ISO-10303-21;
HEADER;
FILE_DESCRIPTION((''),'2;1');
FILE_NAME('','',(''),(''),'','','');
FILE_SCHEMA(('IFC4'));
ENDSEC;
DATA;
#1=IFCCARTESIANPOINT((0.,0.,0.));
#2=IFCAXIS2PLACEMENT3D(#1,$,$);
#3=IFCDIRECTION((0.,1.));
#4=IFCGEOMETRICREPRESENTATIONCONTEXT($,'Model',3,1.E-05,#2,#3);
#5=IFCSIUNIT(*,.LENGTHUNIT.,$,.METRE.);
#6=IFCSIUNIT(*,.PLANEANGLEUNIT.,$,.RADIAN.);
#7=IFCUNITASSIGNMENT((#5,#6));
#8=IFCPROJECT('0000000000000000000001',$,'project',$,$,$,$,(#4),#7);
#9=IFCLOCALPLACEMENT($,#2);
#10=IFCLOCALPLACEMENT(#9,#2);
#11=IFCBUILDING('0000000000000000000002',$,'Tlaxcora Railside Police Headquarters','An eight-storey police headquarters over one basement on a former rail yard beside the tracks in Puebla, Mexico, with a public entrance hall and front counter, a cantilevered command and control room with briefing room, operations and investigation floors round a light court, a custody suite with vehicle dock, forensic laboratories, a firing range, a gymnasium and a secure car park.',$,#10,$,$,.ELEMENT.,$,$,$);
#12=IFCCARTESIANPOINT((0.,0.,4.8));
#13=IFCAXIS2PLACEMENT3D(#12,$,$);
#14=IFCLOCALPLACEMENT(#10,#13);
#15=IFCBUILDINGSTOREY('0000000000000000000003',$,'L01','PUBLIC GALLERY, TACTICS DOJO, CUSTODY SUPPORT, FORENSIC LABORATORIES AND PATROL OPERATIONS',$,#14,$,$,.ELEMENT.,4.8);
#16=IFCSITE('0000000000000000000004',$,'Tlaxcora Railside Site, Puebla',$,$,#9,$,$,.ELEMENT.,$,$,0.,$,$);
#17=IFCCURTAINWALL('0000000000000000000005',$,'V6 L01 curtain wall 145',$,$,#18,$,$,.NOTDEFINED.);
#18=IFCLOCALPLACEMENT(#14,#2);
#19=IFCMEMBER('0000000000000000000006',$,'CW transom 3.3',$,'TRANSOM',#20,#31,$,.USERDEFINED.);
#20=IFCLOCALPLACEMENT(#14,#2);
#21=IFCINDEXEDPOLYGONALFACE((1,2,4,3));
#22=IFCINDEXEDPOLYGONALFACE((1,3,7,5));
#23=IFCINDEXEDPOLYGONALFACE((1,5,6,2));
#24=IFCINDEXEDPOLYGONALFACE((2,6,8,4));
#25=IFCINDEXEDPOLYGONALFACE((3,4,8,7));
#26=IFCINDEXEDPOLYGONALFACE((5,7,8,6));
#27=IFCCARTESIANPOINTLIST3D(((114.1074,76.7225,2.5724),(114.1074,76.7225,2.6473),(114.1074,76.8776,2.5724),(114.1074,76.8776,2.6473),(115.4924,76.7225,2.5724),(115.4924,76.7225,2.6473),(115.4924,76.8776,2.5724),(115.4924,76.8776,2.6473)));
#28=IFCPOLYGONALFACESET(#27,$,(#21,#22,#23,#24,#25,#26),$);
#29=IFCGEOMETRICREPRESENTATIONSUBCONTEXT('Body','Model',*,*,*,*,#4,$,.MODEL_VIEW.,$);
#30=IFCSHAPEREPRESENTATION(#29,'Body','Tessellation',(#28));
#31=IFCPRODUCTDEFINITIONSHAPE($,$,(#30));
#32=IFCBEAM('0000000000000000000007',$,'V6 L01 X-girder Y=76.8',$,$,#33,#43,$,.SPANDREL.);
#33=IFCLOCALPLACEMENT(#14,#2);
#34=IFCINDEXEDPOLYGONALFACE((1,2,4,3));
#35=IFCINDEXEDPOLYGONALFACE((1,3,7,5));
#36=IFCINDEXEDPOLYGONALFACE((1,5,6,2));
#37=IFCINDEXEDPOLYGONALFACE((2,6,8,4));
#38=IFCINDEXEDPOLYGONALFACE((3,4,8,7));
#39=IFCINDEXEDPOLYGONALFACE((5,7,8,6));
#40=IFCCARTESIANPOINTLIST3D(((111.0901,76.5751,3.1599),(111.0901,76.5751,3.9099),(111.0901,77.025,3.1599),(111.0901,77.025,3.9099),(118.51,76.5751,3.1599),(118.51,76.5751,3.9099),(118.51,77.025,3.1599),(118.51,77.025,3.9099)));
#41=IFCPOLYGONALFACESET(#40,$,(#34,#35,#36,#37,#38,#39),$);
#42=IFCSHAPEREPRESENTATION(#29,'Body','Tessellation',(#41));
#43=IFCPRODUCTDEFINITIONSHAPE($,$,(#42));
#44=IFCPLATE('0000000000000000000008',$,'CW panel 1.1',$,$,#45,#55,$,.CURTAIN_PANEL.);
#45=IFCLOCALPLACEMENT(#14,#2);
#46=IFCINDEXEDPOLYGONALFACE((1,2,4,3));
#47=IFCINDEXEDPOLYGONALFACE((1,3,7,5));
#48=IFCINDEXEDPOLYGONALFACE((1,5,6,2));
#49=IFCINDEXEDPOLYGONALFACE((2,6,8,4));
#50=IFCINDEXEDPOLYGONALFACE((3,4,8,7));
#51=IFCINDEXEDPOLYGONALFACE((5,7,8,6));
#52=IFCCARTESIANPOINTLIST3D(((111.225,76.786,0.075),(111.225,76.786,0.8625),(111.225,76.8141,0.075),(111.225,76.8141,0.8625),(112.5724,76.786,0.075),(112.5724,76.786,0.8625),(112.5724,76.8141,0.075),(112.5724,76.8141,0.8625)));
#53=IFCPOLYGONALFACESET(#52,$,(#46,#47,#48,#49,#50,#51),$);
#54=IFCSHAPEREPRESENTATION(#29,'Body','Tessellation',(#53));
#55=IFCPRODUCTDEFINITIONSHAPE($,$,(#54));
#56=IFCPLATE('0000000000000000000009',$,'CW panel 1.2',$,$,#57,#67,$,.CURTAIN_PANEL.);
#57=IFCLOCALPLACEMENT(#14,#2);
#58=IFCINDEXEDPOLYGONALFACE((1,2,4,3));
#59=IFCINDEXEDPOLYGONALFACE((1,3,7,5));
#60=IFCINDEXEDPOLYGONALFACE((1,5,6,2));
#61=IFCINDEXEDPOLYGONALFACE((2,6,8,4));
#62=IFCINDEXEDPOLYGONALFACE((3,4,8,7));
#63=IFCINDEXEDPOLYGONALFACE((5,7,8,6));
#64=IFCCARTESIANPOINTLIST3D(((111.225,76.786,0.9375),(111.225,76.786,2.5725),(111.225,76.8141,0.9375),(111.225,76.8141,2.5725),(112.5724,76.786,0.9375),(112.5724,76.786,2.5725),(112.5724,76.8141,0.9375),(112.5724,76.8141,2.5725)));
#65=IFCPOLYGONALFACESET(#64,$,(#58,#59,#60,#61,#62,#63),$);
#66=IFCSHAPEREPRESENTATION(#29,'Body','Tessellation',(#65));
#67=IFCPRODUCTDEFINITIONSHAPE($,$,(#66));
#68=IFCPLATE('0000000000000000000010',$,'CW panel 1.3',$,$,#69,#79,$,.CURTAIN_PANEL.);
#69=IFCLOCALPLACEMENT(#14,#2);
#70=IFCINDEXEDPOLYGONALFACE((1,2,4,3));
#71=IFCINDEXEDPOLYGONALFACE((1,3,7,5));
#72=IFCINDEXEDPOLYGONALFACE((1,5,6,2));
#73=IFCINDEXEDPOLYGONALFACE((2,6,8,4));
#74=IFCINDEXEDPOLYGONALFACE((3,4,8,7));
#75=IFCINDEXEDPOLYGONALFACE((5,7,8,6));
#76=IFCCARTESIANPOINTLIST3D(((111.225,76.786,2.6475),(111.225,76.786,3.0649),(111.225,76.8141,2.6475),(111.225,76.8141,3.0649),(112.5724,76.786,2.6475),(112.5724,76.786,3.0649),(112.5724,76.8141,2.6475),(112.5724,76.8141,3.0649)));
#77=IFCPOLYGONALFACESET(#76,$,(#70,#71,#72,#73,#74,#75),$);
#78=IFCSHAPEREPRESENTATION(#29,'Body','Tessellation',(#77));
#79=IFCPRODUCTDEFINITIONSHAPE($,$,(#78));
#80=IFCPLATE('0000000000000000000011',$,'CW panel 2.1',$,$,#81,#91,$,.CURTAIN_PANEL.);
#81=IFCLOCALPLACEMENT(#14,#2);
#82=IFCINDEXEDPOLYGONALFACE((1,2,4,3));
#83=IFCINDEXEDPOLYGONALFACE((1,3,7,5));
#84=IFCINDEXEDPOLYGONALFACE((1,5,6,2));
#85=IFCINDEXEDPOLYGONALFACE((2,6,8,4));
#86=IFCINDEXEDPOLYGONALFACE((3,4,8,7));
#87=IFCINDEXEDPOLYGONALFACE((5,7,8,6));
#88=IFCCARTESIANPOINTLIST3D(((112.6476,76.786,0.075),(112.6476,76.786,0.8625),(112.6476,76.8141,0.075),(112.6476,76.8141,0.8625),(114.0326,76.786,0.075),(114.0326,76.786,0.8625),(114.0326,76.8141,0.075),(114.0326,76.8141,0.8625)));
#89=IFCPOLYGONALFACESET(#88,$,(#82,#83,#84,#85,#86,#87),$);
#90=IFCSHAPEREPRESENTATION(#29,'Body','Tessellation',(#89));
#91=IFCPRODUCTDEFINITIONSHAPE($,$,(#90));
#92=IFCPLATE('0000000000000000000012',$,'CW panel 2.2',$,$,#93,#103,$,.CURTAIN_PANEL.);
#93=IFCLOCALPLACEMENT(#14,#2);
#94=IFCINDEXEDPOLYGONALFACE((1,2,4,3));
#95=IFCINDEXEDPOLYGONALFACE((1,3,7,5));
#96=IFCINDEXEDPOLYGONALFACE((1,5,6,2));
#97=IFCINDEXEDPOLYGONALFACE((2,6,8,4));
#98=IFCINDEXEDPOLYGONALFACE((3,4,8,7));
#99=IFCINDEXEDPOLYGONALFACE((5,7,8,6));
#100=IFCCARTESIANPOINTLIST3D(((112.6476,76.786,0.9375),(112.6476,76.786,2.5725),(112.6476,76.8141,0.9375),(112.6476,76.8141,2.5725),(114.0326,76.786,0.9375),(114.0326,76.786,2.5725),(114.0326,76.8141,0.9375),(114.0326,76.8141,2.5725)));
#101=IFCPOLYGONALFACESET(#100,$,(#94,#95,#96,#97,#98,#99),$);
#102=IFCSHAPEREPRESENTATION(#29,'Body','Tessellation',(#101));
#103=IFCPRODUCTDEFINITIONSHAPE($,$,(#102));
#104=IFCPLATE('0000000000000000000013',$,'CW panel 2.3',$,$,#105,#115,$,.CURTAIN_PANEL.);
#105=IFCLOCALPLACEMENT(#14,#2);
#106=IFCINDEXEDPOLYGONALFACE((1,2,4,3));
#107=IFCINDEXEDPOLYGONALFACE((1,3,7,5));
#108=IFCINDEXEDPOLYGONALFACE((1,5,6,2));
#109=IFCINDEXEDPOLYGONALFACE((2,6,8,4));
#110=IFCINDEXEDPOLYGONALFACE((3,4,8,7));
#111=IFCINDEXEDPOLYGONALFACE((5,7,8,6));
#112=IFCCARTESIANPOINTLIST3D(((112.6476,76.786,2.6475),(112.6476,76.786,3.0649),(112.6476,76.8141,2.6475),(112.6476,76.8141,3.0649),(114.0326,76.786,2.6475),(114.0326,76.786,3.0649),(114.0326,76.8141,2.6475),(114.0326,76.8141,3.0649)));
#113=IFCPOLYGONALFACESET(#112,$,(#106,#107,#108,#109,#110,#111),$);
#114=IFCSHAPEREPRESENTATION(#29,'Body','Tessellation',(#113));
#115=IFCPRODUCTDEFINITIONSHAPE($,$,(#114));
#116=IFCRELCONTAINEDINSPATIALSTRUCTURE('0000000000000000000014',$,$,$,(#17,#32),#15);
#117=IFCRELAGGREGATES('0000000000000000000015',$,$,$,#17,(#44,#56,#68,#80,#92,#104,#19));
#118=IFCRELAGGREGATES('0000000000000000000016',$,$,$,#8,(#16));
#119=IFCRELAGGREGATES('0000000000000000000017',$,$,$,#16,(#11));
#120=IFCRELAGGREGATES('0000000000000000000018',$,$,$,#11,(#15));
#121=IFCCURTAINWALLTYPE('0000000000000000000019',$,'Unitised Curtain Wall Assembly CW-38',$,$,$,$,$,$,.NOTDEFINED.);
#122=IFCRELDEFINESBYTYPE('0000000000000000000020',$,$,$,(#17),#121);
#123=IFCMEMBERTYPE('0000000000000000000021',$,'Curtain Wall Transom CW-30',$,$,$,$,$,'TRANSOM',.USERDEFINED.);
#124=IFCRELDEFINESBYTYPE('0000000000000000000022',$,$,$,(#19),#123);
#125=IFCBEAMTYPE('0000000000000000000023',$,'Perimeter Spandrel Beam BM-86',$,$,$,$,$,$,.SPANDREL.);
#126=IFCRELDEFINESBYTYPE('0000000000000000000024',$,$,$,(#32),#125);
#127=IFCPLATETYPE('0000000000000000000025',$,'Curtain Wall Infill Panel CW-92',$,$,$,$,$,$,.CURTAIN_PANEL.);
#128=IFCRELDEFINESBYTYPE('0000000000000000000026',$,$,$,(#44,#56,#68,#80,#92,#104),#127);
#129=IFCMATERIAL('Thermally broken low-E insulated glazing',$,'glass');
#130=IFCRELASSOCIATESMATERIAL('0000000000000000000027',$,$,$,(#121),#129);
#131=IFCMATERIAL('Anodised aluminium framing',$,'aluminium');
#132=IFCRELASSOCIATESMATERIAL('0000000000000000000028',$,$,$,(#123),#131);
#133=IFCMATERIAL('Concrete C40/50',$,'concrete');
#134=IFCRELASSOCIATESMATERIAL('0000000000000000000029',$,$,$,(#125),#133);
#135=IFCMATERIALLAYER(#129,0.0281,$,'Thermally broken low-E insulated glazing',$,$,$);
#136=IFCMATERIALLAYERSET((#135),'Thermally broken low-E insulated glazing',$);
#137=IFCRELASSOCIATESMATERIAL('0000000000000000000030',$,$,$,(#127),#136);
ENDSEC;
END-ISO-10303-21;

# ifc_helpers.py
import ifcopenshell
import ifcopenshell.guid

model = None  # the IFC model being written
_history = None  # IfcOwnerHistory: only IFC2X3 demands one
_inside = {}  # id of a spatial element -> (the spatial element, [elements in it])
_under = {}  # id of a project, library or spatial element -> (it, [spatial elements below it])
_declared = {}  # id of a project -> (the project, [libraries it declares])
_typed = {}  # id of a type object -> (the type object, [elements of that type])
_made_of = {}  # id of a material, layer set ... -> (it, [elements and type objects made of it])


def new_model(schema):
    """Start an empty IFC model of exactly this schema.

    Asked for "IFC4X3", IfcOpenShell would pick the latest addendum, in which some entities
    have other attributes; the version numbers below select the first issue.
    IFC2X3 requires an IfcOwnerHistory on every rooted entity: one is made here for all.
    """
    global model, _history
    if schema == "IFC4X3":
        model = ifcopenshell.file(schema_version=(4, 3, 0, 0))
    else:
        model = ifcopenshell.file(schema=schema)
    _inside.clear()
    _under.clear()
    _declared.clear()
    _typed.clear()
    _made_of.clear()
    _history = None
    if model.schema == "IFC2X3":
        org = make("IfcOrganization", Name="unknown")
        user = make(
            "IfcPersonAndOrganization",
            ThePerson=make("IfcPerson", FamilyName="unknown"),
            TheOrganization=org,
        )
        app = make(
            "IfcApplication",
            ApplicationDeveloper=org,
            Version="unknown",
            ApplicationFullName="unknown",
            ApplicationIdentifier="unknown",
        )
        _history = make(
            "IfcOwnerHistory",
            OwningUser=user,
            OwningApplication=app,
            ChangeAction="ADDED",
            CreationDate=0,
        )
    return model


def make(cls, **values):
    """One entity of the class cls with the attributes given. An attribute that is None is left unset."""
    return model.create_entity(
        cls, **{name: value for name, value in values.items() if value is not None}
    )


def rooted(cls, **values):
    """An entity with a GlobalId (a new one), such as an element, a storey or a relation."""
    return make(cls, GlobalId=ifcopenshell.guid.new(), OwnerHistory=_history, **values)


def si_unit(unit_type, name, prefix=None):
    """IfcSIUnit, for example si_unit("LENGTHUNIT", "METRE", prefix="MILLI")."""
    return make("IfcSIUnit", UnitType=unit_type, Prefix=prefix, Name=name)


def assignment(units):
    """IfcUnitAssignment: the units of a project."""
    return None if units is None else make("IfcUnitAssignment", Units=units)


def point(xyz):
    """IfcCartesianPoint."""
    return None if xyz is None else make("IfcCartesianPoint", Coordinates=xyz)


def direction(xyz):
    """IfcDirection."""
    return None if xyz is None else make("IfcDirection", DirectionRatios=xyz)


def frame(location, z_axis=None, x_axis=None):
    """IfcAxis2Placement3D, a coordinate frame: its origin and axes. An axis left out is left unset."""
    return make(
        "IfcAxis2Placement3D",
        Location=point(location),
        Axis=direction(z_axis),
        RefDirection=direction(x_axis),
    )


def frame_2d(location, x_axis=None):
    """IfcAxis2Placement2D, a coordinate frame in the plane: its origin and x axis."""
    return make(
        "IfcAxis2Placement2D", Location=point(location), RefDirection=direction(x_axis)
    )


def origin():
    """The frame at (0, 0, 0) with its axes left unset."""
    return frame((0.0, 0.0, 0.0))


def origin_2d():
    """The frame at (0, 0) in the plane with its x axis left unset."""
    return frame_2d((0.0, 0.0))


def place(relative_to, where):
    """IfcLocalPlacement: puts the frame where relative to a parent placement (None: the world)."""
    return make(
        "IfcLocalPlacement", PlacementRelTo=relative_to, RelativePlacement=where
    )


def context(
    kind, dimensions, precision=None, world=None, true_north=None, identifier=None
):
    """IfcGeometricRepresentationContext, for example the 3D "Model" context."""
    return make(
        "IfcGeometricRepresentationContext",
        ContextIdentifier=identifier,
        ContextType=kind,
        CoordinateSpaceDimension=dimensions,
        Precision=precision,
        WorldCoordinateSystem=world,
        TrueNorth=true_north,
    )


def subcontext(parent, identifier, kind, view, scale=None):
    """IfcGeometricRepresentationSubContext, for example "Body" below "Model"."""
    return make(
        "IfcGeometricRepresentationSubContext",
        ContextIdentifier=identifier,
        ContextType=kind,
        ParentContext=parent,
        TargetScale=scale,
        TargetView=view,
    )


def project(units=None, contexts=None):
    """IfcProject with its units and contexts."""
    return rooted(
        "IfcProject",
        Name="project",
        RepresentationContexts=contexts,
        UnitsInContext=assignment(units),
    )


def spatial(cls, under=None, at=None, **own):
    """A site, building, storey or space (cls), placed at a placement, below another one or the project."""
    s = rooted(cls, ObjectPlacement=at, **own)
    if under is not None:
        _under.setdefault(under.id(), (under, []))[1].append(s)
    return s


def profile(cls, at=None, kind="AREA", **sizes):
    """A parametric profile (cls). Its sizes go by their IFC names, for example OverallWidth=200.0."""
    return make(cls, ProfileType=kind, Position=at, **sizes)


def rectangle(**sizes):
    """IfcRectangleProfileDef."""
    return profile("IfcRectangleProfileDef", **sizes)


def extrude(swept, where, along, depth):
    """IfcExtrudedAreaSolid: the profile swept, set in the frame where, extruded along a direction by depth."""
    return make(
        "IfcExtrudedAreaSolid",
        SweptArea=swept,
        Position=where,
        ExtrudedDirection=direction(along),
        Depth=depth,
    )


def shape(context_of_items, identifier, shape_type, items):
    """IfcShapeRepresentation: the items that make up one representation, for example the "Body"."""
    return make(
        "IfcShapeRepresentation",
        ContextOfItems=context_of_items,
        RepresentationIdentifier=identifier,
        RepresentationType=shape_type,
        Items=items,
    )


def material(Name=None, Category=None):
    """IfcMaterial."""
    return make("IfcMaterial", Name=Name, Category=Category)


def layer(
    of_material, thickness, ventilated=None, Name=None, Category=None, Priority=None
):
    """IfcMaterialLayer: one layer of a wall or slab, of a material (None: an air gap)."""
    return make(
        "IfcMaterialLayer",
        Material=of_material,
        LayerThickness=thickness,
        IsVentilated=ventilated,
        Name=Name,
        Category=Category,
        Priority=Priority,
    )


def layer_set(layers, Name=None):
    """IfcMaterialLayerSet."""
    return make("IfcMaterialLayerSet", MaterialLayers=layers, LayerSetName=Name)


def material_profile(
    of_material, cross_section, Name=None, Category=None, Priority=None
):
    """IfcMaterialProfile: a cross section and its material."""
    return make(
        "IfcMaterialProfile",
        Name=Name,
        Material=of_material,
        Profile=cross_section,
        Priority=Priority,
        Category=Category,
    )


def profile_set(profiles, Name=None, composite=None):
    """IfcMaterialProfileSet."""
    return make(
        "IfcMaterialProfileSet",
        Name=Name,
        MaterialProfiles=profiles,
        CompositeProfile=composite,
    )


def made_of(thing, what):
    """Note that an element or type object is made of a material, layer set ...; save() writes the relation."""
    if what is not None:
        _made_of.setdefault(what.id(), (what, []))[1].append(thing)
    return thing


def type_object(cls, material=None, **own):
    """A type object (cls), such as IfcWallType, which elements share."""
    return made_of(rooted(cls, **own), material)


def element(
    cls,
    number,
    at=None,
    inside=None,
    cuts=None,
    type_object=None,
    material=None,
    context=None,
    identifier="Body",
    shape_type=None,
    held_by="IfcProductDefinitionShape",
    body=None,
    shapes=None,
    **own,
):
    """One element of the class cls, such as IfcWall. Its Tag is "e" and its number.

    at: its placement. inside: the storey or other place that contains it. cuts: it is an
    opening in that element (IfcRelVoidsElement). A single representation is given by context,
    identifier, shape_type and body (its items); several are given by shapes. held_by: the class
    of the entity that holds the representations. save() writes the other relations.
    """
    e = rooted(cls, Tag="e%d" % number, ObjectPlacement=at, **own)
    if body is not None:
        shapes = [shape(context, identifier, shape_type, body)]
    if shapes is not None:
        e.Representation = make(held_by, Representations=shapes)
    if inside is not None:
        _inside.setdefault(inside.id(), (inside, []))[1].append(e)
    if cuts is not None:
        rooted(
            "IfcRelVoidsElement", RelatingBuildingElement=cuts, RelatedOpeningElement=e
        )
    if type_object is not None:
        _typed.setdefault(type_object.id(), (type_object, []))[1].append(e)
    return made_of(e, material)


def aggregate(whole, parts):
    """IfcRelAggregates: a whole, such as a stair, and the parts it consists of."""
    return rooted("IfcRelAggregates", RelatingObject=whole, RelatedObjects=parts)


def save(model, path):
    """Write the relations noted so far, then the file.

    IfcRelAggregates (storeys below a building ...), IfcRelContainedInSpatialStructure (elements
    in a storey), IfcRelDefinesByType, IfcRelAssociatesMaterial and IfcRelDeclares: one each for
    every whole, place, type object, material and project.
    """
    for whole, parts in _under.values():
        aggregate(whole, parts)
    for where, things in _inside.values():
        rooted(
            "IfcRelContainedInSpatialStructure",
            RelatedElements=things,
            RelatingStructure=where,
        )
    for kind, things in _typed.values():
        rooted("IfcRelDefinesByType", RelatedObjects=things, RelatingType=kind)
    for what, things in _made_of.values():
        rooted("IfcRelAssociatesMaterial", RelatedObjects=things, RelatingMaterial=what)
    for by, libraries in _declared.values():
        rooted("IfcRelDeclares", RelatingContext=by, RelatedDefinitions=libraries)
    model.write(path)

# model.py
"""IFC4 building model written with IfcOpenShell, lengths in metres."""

from ifc_helpers import new_model, si_unit, direction, frame, origin, origin_2d, place, context, subcontext, project, spatial, rectangle, extrude, material, layer, layer_set, material_profile, profile_set, type_object, element, aggregate, save


model = new_model("IFC4")

# Units and contexts
model_context = context("Model", 3, precision=1e-05, world=origin(), true_north=direction((0.0, 1.0)))
body_context = subcontext(model_context, "Body", "Model", "MODEL_VIEW")
ifc_project = project(units=[si_unit("LENGTHUNIT", "METRE"), si_unit("PLANEANGLEUNIT", "RADIAN")], contexts=[model_context])

# Site, building, storey
site_placement = place(None, origin())
site = spatial("IfcSite", under=ifc_project, at=site_placement, Name="Tlaxcora Railside Site, Puebla", CompositionType="ELEMENT", RefElevation=0.0)
building_placement = place(site_placement, origin())
building = spatial("IfcBuilding", under=site, at=building_placement, Name="Tlaxcora Railside Police Headquarters", Description="An eight-storey police headquarters over one basement on a former rail yard beside the tracks in Puebla, Mexico, with a public entrance hall and front counter, a cantilevered command and control room with briefing room, operations and investigation floors round a light court, a custody suite with vehicle dock, forensic laboratories, a firing range, a gymnasium and a secure car park.", CompositionType="ELEMENT")
storey_placement = place(building_placement, frame((0.0, 0.0, 4.8)))
storey = spatial("IfcBuildingStorey", under=building, at=storey_placement, Name="L01", Description="PUBLIC GALLERY, TACTICS DOJO, CUSTODY SUPPORT, FORENSIC LABORATORIES AND PATROL OPERATIONS", CompositionType="ELEMENT", Elevation=4.8)

# Shared definitions
ifc_material_1 = material(Name="Concrete C40/50", Category="concrete")

# Curtain wall, member
ifc_material_2 = material(Name="Thermally broken low-E insulated glazing", Category="glass")
curtain_wall_type = type_object("IfcCurtainWallType", Name="Unitised Curtain Wall Assembly CW-38", PredefinedType="NOTDEFINED", material=ifc_material_2)
curtain_wall_placement = place(storey_placement, origin())
curtain_wall = element("IfcCurtainWall", 1, at=curtain_wall_placement, inside=storey, type_object=curtain_wall_type, Name="V6 L01 curtain wall 145", PredefinedType="NOTDEFINED")
ifc_material_3 = material(Name="Anodised aluminium framing", Category="aluminium")
ifc_material_profile_1 = material_profile(ifc_material_3, rectangle(XDim=0.155, YDim=0.075, at=origin_2d()), Name="AL75X155")
ifc_profile_set_1 = profile_set([ifc_material_profile_1], Name="Anodised aluminium framing")
member_type_1 = type_object("IfcMemberType", Name="Curtain Wall Transom CW-30", ElementType="TRANSOM", PredefinedType="USERDEFINED", material=ifc_profile_set_1)
member_1_placement = place(storey_placement, frame((114.1074, 76.8, 2.6099), z_axis=(1.0, 0.0, 0.0), x_axis=(0.0, 1.0, 0.0)))
member_1 = element("IfcMember", 2, at=member_1_placement, type_object=member_type_1, Name="CW transom 3.3", ObjectType="TRANSOM", PredefinedType="USERDEFINED", context=body_context, shape_type="SweptSolid", body=[
    extrude(rectangle(XDim=0.155, YDim=0.075, at=origin_2d()), origin(), (0.0, 0.0, 1.0), 1.385),
])

# Beam
ifc_material_profile_2 = material_profile(ifc_material_1, rectangle(XDim=0.45, YDim=0.75, at=origin_2d()), Name="RC450X750")
ifc_profile_set_2 = profile_set([ifc_material_profile_2], Name="Concrete C40/50")
beam_type = type_object("IfcBeamType", Name="Perimeter Spandrel Beam BM-86", PredefinedType="SPANDREL", material=ifc_profile_set_2)
beam_placement = place(storey_placement, frame((111.0901, 76.8, 3.5349), z_axis=(1.0, 0.0, 0.0), x_axis=(0.0, 1.0, 0.0)))
element("IfcBeam", 3, at=beam_placement, inside=storey, type_object=beam_type, Name="V6 L01 X-girder Y=76.8", PredefinedType="SPANDREL", context=body_context, shape_type="SweptSolid", body=[
    extrude(rectangle(XDim=0.45, YDim=0.75, at=origin_2d()), origin(), (0.0, 0.0, 1.0), 7.4199),
])

# Plates
ifc_layer = layer(ifc_material_2, 0.0281, Name="Thermally broken low-E insulated glazing")
ifc_layer_set = layer_set([ifc_layer], Name="Thermally broken low-E insulated glazing")
plate_type = type_object("IfcPlateType", Name="Curtain Wall Infill Panel CW-92", PredefinedType="CURTAIN_PANEL", material=ifc_layer_set)
plate_1_placement = place(storey_placement, frame((111.8987, 76.8, 0.075), z_axis=(0.0, 0.0, 1.0), x_axis=(1.0, 0.0, 0.0)))
plate_1 = element("IfcPlate", 4, at=plate_1_placement, type_object=plate_type, Name="CW panel 1.1", PredefinedType="CURTAIN_PANEL", context=body_context, shape_type="SweptSolid", body=[
    extrude(rectangle(XDim=1.3474, YDim=0.0281, at=origin_2d()), origin(), (0.0, 0.0, 1.0), 0.7876),
])
plate_2_placement = place(storey_placement, frame((111.8987, 76.8, 0.9375), z_axis=(0.0, 0.0, 1.0), x_axis=(1.0, 0.0, 0.0)))
plate_2 = element("IfcPlate", 5, at=plate_2_placement, type_object=plate_type, Name="CW panel 1.2", PredefinedType="CURTAIN_PANEL", context=body_context, shape_type="SweptSolid", body=[
    extrude(rectangle(XDim=1.3474, YDim=0.0281, at=origin_2d()), origin(), (0.0, 0.0, 1.0), 1.635),
])
plate_3_placement = place(storey_placement, frame((111.8987, 76.8, 2.6475), z_axis=(0.0, 0.0, 1.0), x_axis=(1.0, 0.0, 0.0)))
plate_3 = element("IfcPlate", 6, at=plate_3_placement, type_object=plate_type, Name="CW panel 1.3", PredefinedType="CURTAIN_PANEL", context=body_context, shape_type="SweptSolid", body=[
    extrude(rectangle(XDim=1.3474, YDim=0.0281, at=origin_2d()), origin(), (0.0, 0.0, 1.0), 0.4175),
])
plate_4_placement = place(storey_placement, frame((113.3401, 76.8, 0.075), z_axis=(0.0, 0.0, 1.0), x_axis=(1.0, 0.0, 0.0)))
plate_4 = element("IfcPlate", 7, at=plate_4_placement, type_object=plate_type, Name="CW panel 2.1", PredefinedType="CURTAIN_PANEL", context=body_context, shape_type="SweptSolid", body=[
    extrude(rectangle(XDim=1.385, YDim=0.0281, at=origin_2d()), origin(), (0.0, 0.0, 1.0), 0.7876),
])
plate_5_placement = place(storey_placement, frame((113.3401, 76.8, 0.9375), z_axis=(0.0, 0.0, 1.0), x_axis=(1.0, 0.0, 0.0)))
plate_5 = element("IfcPlate", 8, at=plate_5_placement, type_object=plate_type, Name="CW panel 2.2", PredefinedType="CURTAIN_PANEL", context=body_context, shape_type="SweptSolid", body=[
    extrude(rectangle(XDim=1.385, YDim=0.0281, at=origin_2d()), origin(), (0.0, 0.0, 1.0), 1.635),
])
plate_6_placement = place(storey_placement, frame((113.3401, 76.8, 2.6475), z_axis=(0.0, 0.0, 1.0), x_axis=(1.0, 0.0, 0.0)))
plate_6 = element("IfcPlate", 9, at=plate_6_placement, type_object=plate_type, Name="CW panel 2.3", PredefinedType="CURTAIN_PANEL", context=body_context, shape_type="SweptSolid", body=[
    extrude(rectangle(XDim=1.385, YDim=0.0281, at=origin_2d()), origin(), (0.0, 0.0, 1.0), 0.4175),
])
aggregate(curtain_wall, [plate_1, plate_2, plate_3, plate_4, plate_5, plate_6, member_1])

save(model, "model.ifc")
